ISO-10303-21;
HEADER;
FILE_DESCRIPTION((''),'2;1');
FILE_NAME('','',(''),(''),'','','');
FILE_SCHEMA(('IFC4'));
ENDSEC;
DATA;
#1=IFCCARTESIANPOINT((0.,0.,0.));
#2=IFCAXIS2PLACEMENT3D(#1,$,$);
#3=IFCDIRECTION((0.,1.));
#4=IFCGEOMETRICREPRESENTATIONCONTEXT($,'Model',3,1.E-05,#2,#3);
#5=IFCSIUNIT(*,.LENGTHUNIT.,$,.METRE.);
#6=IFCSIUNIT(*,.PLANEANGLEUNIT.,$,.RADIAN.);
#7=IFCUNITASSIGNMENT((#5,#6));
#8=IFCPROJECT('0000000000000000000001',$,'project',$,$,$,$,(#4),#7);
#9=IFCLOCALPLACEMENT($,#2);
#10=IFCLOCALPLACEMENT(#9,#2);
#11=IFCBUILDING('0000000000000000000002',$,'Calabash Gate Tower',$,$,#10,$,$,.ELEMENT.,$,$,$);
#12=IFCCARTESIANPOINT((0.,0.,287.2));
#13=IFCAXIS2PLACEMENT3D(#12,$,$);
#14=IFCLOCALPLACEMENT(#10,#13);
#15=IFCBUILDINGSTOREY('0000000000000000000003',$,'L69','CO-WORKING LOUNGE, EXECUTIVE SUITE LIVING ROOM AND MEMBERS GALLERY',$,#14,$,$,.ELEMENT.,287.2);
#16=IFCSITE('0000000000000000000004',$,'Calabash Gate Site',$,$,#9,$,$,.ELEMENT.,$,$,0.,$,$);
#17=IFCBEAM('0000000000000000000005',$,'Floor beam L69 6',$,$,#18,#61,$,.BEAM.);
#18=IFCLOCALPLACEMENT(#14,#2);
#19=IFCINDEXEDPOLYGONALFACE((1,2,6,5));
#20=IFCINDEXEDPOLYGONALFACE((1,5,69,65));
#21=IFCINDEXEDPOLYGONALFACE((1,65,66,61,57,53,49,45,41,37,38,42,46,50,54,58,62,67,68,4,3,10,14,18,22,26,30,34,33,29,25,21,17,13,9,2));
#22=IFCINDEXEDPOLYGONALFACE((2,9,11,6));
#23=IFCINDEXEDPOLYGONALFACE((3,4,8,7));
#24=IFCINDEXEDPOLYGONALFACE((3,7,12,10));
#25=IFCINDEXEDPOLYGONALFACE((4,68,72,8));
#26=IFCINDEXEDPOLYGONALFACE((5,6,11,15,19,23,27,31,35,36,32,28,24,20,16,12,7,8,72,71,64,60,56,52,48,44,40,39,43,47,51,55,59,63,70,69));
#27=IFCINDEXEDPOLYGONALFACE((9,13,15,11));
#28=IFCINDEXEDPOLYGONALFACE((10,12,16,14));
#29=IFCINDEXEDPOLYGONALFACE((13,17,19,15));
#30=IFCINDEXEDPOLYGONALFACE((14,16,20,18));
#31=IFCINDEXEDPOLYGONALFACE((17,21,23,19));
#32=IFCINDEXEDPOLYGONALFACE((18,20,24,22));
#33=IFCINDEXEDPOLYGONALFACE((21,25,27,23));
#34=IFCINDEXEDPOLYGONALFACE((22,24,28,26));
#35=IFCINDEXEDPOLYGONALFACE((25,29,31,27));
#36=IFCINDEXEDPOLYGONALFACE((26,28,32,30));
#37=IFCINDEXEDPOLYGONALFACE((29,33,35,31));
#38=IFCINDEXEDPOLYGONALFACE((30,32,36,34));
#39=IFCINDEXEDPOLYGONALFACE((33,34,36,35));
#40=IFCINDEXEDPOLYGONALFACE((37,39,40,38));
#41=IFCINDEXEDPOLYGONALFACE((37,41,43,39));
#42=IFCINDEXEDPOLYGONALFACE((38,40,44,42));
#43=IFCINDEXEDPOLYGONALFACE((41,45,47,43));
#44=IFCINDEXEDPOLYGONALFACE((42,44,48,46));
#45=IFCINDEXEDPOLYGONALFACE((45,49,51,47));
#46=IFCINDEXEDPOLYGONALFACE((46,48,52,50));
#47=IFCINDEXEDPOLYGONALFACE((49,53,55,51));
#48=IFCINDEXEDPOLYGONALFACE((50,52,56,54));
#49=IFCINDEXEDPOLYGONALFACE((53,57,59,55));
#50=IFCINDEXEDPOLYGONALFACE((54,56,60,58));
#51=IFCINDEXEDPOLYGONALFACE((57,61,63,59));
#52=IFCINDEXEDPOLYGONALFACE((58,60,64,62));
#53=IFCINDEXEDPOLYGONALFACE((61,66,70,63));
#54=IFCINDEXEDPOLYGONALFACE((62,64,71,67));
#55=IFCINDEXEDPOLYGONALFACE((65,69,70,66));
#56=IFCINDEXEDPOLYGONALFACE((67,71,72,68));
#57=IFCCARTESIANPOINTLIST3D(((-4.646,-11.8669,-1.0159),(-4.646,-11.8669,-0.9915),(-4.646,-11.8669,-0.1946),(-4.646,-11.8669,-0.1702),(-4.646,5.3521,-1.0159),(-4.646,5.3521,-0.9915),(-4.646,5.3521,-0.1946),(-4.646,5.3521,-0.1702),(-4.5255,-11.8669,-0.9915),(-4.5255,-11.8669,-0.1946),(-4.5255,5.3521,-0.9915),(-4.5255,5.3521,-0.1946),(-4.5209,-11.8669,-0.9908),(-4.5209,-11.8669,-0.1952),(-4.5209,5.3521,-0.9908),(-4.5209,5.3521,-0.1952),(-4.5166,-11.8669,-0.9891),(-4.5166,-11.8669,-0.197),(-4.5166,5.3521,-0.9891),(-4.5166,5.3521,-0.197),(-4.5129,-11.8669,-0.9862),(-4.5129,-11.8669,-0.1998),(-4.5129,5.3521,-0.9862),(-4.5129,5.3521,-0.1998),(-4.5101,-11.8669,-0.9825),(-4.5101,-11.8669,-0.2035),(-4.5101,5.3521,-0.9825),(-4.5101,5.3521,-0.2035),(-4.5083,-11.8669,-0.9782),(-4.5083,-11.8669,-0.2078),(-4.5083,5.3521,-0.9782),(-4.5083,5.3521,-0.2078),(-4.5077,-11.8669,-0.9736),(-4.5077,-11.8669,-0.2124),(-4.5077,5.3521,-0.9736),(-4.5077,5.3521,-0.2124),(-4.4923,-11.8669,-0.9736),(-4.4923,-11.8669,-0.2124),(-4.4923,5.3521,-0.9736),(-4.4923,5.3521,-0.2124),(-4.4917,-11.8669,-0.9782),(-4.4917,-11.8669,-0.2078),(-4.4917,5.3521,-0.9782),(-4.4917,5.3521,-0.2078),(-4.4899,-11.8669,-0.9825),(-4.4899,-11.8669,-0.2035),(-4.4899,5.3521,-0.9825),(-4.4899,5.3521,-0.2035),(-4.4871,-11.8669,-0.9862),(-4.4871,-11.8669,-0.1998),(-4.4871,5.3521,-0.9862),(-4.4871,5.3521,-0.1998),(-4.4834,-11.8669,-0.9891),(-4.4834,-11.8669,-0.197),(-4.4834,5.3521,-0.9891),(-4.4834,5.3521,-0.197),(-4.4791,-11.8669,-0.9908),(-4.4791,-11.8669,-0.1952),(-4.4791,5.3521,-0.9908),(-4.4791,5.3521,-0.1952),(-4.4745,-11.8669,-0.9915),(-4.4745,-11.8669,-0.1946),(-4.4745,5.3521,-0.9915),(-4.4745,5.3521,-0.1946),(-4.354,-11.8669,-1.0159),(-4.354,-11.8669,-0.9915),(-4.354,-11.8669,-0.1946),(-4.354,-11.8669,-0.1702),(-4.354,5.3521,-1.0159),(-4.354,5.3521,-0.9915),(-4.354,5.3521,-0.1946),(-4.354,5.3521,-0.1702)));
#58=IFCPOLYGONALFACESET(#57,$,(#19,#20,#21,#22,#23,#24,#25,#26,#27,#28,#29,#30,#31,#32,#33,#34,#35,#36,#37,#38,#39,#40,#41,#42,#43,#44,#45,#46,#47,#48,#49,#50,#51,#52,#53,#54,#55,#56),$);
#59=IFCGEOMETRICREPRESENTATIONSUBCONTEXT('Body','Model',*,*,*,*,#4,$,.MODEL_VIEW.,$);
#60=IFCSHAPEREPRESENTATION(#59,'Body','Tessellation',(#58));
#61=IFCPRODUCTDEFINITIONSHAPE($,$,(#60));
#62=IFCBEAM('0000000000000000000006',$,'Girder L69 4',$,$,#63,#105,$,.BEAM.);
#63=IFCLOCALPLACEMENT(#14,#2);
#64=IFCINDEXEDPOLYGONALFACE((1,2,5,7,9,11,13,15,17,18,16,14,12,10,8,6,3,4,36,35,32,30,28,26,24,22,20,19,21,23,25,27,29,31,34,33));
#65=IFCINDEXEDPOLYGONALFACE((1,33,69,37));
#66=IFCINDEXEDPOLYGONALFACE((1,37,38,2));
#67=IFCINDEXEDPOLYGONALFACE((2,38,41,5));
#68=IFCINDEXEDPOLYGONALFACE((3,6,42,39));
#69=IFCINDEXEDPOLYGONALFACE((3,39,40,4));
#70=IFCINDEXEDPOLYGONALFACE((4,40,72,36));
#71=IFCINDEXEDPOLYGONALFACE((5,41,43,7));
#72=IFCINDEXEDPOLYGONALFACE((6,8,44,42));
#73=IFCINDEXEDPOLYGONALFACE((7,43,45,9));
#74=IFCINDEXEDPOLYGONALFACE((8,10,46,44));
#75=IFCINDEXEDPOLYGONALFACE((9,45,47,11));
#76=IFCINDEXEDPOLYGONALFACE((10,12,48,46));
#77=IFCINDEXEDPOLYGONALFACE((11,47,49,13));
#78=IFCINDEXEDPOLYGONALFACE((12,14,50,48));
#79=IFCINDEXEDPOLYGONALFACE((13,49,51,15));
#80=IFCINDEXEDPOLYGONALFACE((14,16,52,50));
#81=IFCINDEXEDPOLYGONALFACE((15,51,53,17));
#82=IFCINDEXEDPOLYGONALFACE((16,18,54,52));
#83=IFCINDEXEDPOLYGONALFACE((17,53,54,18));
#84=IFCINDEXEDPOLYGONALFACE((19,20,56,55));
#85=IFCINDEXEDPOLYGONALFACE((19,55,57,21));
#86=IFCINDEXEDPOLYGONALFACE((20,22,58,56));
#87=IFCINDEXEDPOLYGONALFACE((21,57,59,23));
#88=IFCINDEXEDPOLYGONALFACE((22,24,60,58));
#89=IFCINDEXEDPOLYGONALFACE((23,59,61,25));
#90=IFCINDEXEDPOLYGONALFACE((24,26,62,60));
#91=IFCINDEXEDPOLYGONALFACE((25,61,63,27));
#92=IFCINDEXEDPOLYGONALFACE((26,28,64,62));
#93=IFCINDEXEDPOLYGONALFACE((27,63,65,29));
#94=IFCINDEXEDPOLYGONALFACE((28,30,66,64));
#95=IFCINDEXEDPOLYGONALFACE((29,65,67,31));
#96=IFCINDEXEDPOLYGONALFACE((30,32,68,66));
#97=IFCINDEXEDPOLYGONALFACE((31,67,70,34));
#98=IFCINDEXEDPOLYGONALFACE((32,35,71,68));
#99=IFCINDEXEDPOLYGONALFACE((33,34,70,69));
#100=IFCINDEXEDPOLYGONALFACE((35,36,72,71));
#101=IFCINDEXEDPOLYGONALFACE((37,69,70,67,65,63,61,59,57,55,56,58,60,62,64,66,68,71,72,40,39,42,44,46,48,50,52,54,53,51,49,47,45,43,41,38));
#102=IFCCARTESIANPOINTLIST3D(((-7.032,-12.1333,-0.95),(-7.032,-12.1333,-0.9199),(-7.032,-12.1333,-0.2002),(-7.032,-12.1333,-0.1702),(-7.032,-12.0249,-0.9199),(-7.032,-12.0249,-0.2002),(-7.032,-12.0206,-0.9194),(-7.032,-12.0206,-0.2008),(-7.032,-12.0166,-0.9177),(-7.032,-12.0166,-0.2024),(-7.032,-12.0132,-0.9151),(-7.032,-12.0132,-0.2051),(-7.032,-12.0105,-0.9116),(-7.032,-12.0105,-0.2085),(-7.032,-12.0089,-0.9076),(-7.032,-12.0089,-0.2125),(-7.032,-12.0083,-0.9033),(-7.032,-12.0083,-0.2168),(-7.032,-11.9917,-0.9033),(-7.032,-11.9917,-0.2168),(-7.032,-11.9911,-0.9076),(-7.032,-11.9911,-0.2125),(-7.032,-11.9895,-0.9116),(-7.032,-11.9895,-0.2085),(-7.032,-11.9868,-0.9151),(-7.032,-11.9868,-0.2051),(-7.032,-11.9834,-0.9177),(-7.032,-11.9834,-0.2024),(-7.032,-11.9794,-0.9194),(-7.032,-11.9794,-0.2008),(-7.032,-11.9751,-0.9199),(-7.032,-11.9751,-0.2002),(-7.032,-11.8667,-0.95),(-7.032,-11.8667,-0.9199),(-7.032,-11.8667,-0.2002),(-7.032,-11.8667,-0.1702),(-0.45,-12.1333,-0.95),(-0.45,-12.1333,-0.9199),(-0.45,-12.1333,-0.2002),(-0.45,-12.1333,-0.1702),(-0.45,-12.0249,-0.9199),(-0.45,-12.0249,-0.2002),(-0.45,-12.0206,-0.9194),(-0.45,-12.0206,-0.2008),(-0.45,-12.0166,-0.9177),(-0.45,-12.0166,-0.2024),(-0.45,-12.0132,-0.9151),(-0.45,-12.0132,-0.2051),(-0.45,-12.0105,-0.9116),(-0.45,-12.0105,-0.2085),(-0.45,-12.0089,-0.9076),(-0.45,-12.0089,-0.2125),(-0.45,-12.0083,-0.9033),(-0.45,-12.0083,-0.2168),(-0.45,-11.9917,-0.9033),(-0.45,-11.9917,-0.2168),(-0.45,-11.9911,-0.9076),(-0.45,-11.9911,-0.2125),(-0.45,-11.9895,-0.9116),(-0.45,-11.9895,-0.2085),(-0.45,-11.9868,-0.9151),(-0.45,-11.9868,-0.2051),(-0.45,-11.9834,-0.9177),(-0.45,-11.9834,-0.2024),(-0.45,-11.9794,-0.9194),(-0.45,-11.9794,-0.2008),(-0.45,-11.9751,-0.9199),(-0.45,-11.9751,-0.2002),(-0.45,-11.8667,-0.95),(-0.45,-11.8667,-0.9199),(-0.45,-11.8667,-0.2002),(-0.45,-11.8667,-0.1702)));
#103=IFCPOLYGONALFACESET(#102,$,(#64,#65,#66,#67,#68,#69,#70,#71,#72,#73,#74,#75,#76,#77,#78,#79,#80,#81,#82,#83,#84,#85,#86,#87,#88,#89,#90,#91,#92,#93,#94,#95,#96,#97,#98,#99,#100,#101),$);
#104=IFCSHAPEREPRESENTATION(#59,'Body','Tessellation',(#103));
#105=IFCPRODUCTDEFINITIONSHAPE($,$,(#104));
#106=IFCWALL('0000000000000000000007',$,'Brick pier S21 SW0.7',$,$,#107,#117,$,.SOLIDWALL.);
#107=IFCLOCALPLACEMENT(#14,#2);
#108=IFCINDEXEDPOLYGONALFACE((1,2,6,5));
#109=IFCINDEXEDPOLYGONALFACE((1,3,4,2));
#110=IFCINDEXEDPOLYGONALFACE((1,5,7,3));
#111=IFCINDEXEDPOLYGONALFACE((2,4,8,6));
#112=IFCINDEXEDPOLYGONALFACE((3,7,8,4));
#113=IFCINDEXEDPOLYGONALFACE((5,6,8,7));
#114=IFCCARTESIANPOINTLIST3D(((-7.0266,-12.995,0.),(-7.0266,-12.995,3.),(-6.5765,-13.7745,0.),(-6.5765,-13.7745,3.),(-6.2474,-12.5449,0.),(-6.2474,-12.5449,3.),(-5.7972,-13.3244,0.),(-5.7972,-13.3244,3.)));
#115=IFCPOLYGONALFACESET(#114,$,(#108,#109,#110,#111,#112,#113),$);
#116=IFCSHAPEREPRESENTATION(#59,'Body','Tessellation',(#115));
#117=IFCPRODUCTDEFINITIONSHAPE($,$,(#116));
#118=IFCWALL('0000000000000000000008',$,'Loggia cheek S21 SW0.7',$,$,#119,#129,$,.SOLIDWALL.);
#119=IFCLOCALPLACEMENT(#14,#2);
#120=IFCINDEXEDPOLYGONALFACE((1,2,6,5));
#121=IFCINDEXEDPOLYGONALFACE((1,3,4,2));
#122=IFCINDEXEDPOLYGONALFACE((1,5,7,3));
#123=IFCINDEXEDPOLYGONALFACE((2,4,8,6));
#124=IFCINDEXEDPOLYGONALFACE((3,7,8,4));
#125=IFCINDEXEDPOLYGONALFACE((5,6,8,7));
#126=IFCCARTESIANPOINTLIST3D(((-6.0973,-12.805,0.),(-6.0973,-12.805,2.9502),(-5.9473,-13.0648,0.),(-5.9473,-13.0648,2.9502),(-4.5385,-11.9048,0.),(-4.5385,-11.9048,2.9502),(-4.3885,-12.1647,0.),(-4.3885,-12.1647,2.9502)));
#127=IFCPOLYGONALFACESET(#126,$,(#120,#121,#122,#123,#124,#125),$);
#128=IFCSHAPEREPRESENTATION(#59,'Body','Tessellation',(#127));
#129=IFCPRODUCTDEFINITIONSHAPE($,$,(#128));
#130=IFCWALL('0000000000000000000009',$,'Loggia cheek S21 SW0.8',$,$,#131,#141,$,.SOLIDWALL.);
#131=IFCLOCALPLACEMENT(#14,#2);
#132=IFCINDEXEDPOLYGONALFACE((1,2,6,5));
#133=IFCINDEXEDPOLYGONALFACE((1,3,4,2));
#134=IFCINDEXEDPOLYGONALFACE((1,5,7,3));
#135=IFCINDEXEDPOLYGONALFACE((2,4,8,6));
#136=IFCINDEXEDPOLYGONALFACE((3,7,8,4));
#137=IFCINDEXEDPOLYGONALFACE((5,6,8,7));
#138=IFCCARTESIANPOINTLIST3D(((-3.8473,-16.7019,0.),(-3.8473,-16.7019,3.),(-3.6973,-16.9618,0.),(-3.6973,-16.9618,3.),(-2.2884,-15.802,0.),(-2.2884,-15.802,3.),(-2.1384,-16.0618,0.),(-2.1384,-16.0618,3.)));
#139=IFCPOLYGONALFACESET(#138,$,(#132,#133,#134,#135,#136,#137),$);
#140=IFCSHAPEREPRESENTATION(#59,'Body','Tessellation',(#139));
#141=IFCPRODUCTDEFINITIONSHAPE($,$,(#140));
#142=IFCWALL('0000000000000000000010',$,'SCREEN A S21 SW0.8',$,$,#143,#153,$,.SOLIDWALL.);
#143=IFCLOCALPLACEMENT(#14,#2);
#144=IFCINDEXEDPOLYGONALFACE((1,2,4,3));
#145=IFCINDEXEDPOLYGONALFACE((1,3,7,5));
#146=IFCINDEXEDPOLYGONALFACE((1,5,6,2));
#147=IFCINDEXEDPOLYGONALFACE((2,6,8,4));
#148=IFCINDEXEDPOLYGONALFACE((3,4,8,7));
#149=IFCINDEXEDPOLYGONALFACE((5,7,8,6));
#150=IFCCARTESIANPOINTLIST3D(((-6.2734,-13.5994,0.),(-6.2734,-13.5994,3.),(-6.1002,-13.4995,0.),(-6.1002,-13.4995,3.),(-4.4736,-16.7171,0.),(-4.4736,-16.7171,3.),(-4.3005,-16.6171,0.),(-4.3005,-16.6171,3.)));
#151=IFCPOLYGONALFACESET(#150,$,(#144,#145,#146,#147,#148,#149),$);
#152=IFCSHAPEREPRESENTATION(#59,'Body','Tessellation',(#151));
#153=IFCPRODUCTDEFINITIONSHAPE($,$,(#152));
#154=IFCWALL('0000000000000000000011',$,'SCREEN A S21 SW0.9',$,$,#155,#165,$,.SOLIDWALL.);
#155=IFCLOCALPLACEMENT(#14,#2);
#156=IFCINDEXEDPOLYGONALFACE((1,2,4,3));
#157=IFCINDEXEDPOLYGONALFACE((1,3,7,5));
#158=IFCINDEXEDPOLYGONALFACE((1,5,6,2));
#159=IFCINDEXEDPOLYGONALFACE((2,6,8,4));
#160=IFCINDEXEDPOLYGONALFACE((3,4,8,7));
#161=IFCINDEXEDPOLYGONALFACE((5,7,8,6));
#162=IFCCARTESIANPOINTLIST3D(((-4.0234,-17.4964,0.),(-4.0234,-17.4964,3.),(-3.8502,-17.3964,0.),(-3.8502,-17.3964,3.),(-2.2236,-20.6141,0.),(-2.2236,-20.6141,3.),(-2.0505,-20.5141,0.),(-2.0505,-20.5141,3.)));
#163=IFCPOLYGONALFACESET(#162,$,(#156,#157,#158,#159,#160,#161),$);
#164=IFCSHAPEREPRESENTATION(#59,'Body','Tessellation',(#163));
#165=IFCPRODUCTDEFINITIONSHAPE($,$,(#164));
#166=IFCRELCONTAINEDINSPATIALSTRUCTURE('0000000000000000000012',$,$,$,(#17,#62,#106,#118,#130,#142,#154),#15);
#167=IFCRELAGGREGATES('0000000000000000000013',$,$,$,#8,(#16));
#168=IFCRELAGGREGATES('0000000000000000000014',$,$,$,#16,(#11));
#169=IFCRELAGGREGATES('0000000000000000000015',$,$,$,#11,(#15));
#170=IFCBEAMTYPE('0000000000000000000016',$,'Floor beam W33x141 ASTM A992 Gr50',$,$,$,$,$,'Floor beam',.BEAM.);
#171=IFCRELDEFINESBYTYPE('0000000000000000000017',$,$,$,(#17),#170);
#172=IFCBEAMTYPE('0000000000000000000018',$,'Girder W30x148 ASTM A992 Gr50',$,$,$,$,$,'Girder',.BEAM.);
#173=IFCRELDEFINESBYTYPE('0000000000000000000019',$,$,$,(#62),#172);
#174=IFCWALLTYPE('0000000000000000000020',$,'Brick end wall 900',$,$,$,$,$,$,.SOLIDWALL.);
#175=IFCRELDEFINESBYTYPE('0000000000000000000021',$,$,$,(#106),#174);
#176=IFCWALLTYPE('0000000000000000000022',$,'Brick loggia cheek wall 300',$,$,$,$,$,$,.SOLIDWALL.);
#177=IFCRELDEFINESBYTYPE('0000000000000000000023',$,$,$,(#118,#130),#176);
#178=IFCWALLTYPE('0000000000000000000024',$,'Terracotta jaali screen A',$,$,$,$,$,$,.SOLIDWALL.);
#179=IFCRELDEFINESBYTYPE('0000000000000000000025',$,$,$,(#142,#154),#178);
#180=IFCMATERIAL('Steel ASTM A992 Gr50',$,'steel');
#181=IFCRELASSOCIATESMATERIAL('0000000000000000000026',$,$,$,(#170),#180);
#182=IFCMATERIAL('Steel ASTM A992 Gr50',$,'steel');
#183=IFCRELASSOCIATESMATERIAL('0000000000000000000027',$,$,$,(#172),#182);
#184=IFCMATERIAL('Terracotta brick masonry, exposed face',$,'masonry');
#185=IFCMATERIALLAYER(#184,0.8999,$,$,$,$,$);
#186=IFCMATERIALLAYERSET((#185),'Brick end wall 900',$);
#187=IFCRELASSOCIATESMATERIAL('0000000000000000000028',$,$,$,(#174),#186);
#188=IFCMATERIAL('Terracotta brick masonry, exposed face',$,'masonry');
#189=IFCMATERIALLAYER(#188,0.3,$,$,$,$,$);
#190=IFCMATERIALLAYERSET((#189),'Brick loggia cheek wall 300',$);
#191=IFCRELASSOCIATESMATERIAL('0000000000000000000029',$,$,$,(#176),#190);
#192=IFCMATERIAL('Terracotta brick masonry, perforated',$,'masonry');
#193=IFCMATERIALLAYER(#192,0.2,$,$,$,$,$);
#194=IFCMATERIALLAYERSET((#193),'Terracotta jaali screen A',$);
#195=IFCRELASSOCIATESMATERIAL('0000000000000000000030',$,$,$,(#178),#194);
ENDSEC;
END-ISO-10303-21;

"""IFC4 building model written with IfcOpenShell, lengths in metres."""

from ifc_helpers import new_model, si_unit, direction, frame, frame_2d, origin, origin_2d, place, context, subcontext, project, spatial, rectangle, i_section, extrude, material, layer, layer_set, material_profile, profile_set, type_object, element, save


model = new_model("IFC4")

# Units and contexts
model_context = context("Model", 3, precision=1e-05, world=origin(), true_north=direction((0.0, 1.0)))
body_context = subcontext(model_context, "Body", "Model", "MODEL_VIEW")
ifc_project = project(units=[si_unit("LENGTHUNIT", "METRE"), si_unit("PLANEANGLEUNIT", "RADIAN")], contexts=[model_context])

# Site, building, storey
site_placement = place(None, origin())
site = spatial("IfcSite", under=ifc_project, at=site_placement, Name="Calabash Gate Site", CompositionType="ELEMENT", RefElevation=0.0)
building_placement = place(site_placement, origin())
building = spatial("IfcBuilding", under=site, at=building_placement, Name="Calabash Gate Tower", CompositionType="ELEMENT")
storey_placement = place(building_placement, frame((0.0, 0.0, 287.2)))
storey = spatial("IfcBuildingStorey", under=building, at=storey_placement, Name="L69", Description="CO-WORKING LOUNGE, EXECUTIVE SUITE LIVING ROOM AND MEMBERS GALLERY", CompositionType="ELEMENT", Elevation=287.2)

# Beams
ifc_material_1 = material(Name="Steel ASTM A992 Gr50", Category="steel")
ifc_material_profile_1 = material_profile(ifc_material_1, i_section(OverallWidth=0.292, OverallDepth=0.8457, WebThickness=0.0154, FlangeThickness=0.0244, FilletRadius=0.0178, at=origin_2d()))
ifc_profile_set_1 = profile_set([ifc_material_profile_1], Name="Steel ASTM A992 Gr50")
beam_type_1 = type_object("IfcBeamType", Name="Floor beam W33x141 ASTM A992 Gr50", ElementType="Floor beam", PredefinedType="BEAM", material=ifc_profile_set_1)
beam_1_placement = place(storey_placement, frame((-4.5, -11.8669, -0.593), z_axis=(0.0, 1.0, 0.0), x_axis=(-1.0, 0.0, 0.0)))
element("IfcBeam", 1, at=beam_1_placement, inside=storey, type_object=beam_type_1, Name="Floor beam L69 6", PredefinedType="BEAM", context=body_context, shape_type="SweptSolid", body=[
    extrude(i_section(OverallWidth=0.292, OverallDepth=0.8457, WebThickness=0.0154, FlangeThickness=0.0244, FilletRadius=0.0178, at=origin_2d()), origin(), (0.0, 0.0, 1.0), 17.219),
])
ifc_material_2 = material(Name="Steel ASTM A992 Gr50", Category="steel")
ifc_material_profile_2 = material_profile(ifc_material_2, i_section(OverallWidth=0.2666, OverallDepth=0.7798, WebThickness=0.0166, FlangeThickness=0.03, FilletRadius=0.0166, at=origin_2d()))
ifc_profile_set_2 = profile_set([ifc_material_profile_2], Name="Steel ASTM A992 Gr50")
beam_type_2 = type_object("IfcBeamType", Name="Girder W30x148 ASTM A992 Gr50", ElementType="Girder", PredefinedType="BEAM", material=ifc_profile_set_2)
beam_2_placement = place(storey_placement, frame((-7.032, -12.0, -0.5601), z_axis=(1.0, 0.0, 0.0), x_axis=(0.0, 1.0, 0.0)))
element("IfcBeam", 2, at=beam_2_placement, inside=storey, type_object=beam_type_2, Name="Girder L69 4", PredefinedType="BEAM", context=body_context, shape_type="SweptSolid", body=[
    extrude(i_section(OverallWidth=0.2666, OverallDepth=0.7798, WebThickness=0.0166, FlangeThickness=0.03, FilletRadius=0.0166, at=origin_2d()), origin(), (0.0, 0.0, 1.0), 6.582),
])

# Walls
ifc_material_3 = material(Name="Terracotta brick masonry, exposed face", Category="masonry")
ifc_layer_1 = layer(ifc_material_3, 0.8999)
ifc_layer_set_1 = layer_set([ifc_layer_1], Name="Brick end wall 900")
wall_type_1 = type_object("IfcWallType", Name="Brick end wall 900", PredefinedType="SOLIDWALL", material=ifc_layer_set_1)
wall_1_placement = place(storey_placement, frame((-6.1868, -13.5496, 0.0), z_axis=(0.0, 0.0, 1.0), x_axis=(-0.500106, 0.865964, 0.0)))
element("IfcWall", 3, at=wall_1_placement, inside=storey, type_object=wall_type_1, Name="Brick pier S21 SW0.7", PredefinedType="SOLIDWALL", context=body_context, shape_type="SweptSolid", body=[
    extrude(rectangle(XDim=0.9001, YDim=0.8999, at=frame_2d((0.4502, 0.0))), origin(), (0.0, 0.0, 1.0), 3.0),
])
ifc_material_4 = material(Name="Terracotta brick masonry, exposed face", Category="masonry")
ifc_layer_2 = layer(ifc_material_4, 0.3)
ifc_layer_set_2 = layer_set([ifc_layer_2], Name="Brick loggia cheek wall 300")
wall_type_2 = type_object("IfcWallType", Name="Brick loggia cheek wall 300", PredefinedType="SOLIDWALL", material=ifc_layer_set_2)
wall_2_placement = place(storey_placement, frame((-6.0222, -12.9348, 0.0), z_axis=(0.0, 0.0, 1.0), x_axis=(0.865989, 0.500063, 0.0)))
element("IfcWall", 4, at=wall_2_placement, inside=storey, type_object=wall_type_2, Name="Loggia cheek S21 SW0.7", PredefinedType="SOLIDWALL", context=body_context, shape_type="SweptSolid", body=[
    extrude(rectangle(XDim=1.8, YDim=0.3, at=frame_2d((0.8999, 0.0))), origin(), (0.0, 0.0, 1.0), 2.9502),
])
wall_3_placement = place(storey_placement, frame((-3.7722, -16.8318, 0.0), z_axis=(0.0, 0.0, 1.0), x_axis=(0.866048, 0.499961, 0.0)))
element("IfcWall", 5, at=wall_3_placement, inside=storey, type_object=wall_type_2, Name="Loggia cheek S21 SW0.8", PredefinedType="SOLIDWALL", context=body_context, shape_type="SweptSolid", body=[
    extrude(rectangle(XDim=1.8, YDim=0.3, at=frame_2d((0.8999, 0.0))), origin(), (0.0, 0.0, 1.0), 3.0),
])
ifc_material_5 = material(Name="Terracotta brick masonry, perforated", Category="masonry")
ifc_layer_3 = layer(ifc_material_5, 0.2)
ifc_layer_set_3 = layer_set([ifc_layer_3], Name="Terracotta jaali screen A")
wall_type_3 = type_object("IfcWallType", Name="Terracotta jaali screen A", PredefinedType="SOLIDWALL", material=ifc_layer_set_3)
for number, where, z_axis, x_axis, name in (
    (6, (-6.1868, -13.5496, 0.0), (0.0, 0.0, 1.0), (0.499961, -0.866048, 0.0), "SCREEN A S21 SW0.8"),
    (7, (-3.9368, -17.4465, 0.0), (0.0, 0.0, 1.0), (0.499961, -0.866048, 0.0), "SCREEN A S21 SW0.9"),
):
    element("IfcWall", number, at=place(storey_placement, frame(where, z_axis=z_axis, x_axis=x_axis)), inside=storey, type_object=wall_type_3, Name=name, PredefinedType="SOLIDWALL", context=body_context, shape_type="SweptSolid", body=[
        extrude(rectangle(XDim=3.5999, YDim=0.2, at=frame_2d((1.7998, 0.0))), origin(), (0.0, 0.0, 1.0), 3.0),
    ])

save(model, "model.ifc")
